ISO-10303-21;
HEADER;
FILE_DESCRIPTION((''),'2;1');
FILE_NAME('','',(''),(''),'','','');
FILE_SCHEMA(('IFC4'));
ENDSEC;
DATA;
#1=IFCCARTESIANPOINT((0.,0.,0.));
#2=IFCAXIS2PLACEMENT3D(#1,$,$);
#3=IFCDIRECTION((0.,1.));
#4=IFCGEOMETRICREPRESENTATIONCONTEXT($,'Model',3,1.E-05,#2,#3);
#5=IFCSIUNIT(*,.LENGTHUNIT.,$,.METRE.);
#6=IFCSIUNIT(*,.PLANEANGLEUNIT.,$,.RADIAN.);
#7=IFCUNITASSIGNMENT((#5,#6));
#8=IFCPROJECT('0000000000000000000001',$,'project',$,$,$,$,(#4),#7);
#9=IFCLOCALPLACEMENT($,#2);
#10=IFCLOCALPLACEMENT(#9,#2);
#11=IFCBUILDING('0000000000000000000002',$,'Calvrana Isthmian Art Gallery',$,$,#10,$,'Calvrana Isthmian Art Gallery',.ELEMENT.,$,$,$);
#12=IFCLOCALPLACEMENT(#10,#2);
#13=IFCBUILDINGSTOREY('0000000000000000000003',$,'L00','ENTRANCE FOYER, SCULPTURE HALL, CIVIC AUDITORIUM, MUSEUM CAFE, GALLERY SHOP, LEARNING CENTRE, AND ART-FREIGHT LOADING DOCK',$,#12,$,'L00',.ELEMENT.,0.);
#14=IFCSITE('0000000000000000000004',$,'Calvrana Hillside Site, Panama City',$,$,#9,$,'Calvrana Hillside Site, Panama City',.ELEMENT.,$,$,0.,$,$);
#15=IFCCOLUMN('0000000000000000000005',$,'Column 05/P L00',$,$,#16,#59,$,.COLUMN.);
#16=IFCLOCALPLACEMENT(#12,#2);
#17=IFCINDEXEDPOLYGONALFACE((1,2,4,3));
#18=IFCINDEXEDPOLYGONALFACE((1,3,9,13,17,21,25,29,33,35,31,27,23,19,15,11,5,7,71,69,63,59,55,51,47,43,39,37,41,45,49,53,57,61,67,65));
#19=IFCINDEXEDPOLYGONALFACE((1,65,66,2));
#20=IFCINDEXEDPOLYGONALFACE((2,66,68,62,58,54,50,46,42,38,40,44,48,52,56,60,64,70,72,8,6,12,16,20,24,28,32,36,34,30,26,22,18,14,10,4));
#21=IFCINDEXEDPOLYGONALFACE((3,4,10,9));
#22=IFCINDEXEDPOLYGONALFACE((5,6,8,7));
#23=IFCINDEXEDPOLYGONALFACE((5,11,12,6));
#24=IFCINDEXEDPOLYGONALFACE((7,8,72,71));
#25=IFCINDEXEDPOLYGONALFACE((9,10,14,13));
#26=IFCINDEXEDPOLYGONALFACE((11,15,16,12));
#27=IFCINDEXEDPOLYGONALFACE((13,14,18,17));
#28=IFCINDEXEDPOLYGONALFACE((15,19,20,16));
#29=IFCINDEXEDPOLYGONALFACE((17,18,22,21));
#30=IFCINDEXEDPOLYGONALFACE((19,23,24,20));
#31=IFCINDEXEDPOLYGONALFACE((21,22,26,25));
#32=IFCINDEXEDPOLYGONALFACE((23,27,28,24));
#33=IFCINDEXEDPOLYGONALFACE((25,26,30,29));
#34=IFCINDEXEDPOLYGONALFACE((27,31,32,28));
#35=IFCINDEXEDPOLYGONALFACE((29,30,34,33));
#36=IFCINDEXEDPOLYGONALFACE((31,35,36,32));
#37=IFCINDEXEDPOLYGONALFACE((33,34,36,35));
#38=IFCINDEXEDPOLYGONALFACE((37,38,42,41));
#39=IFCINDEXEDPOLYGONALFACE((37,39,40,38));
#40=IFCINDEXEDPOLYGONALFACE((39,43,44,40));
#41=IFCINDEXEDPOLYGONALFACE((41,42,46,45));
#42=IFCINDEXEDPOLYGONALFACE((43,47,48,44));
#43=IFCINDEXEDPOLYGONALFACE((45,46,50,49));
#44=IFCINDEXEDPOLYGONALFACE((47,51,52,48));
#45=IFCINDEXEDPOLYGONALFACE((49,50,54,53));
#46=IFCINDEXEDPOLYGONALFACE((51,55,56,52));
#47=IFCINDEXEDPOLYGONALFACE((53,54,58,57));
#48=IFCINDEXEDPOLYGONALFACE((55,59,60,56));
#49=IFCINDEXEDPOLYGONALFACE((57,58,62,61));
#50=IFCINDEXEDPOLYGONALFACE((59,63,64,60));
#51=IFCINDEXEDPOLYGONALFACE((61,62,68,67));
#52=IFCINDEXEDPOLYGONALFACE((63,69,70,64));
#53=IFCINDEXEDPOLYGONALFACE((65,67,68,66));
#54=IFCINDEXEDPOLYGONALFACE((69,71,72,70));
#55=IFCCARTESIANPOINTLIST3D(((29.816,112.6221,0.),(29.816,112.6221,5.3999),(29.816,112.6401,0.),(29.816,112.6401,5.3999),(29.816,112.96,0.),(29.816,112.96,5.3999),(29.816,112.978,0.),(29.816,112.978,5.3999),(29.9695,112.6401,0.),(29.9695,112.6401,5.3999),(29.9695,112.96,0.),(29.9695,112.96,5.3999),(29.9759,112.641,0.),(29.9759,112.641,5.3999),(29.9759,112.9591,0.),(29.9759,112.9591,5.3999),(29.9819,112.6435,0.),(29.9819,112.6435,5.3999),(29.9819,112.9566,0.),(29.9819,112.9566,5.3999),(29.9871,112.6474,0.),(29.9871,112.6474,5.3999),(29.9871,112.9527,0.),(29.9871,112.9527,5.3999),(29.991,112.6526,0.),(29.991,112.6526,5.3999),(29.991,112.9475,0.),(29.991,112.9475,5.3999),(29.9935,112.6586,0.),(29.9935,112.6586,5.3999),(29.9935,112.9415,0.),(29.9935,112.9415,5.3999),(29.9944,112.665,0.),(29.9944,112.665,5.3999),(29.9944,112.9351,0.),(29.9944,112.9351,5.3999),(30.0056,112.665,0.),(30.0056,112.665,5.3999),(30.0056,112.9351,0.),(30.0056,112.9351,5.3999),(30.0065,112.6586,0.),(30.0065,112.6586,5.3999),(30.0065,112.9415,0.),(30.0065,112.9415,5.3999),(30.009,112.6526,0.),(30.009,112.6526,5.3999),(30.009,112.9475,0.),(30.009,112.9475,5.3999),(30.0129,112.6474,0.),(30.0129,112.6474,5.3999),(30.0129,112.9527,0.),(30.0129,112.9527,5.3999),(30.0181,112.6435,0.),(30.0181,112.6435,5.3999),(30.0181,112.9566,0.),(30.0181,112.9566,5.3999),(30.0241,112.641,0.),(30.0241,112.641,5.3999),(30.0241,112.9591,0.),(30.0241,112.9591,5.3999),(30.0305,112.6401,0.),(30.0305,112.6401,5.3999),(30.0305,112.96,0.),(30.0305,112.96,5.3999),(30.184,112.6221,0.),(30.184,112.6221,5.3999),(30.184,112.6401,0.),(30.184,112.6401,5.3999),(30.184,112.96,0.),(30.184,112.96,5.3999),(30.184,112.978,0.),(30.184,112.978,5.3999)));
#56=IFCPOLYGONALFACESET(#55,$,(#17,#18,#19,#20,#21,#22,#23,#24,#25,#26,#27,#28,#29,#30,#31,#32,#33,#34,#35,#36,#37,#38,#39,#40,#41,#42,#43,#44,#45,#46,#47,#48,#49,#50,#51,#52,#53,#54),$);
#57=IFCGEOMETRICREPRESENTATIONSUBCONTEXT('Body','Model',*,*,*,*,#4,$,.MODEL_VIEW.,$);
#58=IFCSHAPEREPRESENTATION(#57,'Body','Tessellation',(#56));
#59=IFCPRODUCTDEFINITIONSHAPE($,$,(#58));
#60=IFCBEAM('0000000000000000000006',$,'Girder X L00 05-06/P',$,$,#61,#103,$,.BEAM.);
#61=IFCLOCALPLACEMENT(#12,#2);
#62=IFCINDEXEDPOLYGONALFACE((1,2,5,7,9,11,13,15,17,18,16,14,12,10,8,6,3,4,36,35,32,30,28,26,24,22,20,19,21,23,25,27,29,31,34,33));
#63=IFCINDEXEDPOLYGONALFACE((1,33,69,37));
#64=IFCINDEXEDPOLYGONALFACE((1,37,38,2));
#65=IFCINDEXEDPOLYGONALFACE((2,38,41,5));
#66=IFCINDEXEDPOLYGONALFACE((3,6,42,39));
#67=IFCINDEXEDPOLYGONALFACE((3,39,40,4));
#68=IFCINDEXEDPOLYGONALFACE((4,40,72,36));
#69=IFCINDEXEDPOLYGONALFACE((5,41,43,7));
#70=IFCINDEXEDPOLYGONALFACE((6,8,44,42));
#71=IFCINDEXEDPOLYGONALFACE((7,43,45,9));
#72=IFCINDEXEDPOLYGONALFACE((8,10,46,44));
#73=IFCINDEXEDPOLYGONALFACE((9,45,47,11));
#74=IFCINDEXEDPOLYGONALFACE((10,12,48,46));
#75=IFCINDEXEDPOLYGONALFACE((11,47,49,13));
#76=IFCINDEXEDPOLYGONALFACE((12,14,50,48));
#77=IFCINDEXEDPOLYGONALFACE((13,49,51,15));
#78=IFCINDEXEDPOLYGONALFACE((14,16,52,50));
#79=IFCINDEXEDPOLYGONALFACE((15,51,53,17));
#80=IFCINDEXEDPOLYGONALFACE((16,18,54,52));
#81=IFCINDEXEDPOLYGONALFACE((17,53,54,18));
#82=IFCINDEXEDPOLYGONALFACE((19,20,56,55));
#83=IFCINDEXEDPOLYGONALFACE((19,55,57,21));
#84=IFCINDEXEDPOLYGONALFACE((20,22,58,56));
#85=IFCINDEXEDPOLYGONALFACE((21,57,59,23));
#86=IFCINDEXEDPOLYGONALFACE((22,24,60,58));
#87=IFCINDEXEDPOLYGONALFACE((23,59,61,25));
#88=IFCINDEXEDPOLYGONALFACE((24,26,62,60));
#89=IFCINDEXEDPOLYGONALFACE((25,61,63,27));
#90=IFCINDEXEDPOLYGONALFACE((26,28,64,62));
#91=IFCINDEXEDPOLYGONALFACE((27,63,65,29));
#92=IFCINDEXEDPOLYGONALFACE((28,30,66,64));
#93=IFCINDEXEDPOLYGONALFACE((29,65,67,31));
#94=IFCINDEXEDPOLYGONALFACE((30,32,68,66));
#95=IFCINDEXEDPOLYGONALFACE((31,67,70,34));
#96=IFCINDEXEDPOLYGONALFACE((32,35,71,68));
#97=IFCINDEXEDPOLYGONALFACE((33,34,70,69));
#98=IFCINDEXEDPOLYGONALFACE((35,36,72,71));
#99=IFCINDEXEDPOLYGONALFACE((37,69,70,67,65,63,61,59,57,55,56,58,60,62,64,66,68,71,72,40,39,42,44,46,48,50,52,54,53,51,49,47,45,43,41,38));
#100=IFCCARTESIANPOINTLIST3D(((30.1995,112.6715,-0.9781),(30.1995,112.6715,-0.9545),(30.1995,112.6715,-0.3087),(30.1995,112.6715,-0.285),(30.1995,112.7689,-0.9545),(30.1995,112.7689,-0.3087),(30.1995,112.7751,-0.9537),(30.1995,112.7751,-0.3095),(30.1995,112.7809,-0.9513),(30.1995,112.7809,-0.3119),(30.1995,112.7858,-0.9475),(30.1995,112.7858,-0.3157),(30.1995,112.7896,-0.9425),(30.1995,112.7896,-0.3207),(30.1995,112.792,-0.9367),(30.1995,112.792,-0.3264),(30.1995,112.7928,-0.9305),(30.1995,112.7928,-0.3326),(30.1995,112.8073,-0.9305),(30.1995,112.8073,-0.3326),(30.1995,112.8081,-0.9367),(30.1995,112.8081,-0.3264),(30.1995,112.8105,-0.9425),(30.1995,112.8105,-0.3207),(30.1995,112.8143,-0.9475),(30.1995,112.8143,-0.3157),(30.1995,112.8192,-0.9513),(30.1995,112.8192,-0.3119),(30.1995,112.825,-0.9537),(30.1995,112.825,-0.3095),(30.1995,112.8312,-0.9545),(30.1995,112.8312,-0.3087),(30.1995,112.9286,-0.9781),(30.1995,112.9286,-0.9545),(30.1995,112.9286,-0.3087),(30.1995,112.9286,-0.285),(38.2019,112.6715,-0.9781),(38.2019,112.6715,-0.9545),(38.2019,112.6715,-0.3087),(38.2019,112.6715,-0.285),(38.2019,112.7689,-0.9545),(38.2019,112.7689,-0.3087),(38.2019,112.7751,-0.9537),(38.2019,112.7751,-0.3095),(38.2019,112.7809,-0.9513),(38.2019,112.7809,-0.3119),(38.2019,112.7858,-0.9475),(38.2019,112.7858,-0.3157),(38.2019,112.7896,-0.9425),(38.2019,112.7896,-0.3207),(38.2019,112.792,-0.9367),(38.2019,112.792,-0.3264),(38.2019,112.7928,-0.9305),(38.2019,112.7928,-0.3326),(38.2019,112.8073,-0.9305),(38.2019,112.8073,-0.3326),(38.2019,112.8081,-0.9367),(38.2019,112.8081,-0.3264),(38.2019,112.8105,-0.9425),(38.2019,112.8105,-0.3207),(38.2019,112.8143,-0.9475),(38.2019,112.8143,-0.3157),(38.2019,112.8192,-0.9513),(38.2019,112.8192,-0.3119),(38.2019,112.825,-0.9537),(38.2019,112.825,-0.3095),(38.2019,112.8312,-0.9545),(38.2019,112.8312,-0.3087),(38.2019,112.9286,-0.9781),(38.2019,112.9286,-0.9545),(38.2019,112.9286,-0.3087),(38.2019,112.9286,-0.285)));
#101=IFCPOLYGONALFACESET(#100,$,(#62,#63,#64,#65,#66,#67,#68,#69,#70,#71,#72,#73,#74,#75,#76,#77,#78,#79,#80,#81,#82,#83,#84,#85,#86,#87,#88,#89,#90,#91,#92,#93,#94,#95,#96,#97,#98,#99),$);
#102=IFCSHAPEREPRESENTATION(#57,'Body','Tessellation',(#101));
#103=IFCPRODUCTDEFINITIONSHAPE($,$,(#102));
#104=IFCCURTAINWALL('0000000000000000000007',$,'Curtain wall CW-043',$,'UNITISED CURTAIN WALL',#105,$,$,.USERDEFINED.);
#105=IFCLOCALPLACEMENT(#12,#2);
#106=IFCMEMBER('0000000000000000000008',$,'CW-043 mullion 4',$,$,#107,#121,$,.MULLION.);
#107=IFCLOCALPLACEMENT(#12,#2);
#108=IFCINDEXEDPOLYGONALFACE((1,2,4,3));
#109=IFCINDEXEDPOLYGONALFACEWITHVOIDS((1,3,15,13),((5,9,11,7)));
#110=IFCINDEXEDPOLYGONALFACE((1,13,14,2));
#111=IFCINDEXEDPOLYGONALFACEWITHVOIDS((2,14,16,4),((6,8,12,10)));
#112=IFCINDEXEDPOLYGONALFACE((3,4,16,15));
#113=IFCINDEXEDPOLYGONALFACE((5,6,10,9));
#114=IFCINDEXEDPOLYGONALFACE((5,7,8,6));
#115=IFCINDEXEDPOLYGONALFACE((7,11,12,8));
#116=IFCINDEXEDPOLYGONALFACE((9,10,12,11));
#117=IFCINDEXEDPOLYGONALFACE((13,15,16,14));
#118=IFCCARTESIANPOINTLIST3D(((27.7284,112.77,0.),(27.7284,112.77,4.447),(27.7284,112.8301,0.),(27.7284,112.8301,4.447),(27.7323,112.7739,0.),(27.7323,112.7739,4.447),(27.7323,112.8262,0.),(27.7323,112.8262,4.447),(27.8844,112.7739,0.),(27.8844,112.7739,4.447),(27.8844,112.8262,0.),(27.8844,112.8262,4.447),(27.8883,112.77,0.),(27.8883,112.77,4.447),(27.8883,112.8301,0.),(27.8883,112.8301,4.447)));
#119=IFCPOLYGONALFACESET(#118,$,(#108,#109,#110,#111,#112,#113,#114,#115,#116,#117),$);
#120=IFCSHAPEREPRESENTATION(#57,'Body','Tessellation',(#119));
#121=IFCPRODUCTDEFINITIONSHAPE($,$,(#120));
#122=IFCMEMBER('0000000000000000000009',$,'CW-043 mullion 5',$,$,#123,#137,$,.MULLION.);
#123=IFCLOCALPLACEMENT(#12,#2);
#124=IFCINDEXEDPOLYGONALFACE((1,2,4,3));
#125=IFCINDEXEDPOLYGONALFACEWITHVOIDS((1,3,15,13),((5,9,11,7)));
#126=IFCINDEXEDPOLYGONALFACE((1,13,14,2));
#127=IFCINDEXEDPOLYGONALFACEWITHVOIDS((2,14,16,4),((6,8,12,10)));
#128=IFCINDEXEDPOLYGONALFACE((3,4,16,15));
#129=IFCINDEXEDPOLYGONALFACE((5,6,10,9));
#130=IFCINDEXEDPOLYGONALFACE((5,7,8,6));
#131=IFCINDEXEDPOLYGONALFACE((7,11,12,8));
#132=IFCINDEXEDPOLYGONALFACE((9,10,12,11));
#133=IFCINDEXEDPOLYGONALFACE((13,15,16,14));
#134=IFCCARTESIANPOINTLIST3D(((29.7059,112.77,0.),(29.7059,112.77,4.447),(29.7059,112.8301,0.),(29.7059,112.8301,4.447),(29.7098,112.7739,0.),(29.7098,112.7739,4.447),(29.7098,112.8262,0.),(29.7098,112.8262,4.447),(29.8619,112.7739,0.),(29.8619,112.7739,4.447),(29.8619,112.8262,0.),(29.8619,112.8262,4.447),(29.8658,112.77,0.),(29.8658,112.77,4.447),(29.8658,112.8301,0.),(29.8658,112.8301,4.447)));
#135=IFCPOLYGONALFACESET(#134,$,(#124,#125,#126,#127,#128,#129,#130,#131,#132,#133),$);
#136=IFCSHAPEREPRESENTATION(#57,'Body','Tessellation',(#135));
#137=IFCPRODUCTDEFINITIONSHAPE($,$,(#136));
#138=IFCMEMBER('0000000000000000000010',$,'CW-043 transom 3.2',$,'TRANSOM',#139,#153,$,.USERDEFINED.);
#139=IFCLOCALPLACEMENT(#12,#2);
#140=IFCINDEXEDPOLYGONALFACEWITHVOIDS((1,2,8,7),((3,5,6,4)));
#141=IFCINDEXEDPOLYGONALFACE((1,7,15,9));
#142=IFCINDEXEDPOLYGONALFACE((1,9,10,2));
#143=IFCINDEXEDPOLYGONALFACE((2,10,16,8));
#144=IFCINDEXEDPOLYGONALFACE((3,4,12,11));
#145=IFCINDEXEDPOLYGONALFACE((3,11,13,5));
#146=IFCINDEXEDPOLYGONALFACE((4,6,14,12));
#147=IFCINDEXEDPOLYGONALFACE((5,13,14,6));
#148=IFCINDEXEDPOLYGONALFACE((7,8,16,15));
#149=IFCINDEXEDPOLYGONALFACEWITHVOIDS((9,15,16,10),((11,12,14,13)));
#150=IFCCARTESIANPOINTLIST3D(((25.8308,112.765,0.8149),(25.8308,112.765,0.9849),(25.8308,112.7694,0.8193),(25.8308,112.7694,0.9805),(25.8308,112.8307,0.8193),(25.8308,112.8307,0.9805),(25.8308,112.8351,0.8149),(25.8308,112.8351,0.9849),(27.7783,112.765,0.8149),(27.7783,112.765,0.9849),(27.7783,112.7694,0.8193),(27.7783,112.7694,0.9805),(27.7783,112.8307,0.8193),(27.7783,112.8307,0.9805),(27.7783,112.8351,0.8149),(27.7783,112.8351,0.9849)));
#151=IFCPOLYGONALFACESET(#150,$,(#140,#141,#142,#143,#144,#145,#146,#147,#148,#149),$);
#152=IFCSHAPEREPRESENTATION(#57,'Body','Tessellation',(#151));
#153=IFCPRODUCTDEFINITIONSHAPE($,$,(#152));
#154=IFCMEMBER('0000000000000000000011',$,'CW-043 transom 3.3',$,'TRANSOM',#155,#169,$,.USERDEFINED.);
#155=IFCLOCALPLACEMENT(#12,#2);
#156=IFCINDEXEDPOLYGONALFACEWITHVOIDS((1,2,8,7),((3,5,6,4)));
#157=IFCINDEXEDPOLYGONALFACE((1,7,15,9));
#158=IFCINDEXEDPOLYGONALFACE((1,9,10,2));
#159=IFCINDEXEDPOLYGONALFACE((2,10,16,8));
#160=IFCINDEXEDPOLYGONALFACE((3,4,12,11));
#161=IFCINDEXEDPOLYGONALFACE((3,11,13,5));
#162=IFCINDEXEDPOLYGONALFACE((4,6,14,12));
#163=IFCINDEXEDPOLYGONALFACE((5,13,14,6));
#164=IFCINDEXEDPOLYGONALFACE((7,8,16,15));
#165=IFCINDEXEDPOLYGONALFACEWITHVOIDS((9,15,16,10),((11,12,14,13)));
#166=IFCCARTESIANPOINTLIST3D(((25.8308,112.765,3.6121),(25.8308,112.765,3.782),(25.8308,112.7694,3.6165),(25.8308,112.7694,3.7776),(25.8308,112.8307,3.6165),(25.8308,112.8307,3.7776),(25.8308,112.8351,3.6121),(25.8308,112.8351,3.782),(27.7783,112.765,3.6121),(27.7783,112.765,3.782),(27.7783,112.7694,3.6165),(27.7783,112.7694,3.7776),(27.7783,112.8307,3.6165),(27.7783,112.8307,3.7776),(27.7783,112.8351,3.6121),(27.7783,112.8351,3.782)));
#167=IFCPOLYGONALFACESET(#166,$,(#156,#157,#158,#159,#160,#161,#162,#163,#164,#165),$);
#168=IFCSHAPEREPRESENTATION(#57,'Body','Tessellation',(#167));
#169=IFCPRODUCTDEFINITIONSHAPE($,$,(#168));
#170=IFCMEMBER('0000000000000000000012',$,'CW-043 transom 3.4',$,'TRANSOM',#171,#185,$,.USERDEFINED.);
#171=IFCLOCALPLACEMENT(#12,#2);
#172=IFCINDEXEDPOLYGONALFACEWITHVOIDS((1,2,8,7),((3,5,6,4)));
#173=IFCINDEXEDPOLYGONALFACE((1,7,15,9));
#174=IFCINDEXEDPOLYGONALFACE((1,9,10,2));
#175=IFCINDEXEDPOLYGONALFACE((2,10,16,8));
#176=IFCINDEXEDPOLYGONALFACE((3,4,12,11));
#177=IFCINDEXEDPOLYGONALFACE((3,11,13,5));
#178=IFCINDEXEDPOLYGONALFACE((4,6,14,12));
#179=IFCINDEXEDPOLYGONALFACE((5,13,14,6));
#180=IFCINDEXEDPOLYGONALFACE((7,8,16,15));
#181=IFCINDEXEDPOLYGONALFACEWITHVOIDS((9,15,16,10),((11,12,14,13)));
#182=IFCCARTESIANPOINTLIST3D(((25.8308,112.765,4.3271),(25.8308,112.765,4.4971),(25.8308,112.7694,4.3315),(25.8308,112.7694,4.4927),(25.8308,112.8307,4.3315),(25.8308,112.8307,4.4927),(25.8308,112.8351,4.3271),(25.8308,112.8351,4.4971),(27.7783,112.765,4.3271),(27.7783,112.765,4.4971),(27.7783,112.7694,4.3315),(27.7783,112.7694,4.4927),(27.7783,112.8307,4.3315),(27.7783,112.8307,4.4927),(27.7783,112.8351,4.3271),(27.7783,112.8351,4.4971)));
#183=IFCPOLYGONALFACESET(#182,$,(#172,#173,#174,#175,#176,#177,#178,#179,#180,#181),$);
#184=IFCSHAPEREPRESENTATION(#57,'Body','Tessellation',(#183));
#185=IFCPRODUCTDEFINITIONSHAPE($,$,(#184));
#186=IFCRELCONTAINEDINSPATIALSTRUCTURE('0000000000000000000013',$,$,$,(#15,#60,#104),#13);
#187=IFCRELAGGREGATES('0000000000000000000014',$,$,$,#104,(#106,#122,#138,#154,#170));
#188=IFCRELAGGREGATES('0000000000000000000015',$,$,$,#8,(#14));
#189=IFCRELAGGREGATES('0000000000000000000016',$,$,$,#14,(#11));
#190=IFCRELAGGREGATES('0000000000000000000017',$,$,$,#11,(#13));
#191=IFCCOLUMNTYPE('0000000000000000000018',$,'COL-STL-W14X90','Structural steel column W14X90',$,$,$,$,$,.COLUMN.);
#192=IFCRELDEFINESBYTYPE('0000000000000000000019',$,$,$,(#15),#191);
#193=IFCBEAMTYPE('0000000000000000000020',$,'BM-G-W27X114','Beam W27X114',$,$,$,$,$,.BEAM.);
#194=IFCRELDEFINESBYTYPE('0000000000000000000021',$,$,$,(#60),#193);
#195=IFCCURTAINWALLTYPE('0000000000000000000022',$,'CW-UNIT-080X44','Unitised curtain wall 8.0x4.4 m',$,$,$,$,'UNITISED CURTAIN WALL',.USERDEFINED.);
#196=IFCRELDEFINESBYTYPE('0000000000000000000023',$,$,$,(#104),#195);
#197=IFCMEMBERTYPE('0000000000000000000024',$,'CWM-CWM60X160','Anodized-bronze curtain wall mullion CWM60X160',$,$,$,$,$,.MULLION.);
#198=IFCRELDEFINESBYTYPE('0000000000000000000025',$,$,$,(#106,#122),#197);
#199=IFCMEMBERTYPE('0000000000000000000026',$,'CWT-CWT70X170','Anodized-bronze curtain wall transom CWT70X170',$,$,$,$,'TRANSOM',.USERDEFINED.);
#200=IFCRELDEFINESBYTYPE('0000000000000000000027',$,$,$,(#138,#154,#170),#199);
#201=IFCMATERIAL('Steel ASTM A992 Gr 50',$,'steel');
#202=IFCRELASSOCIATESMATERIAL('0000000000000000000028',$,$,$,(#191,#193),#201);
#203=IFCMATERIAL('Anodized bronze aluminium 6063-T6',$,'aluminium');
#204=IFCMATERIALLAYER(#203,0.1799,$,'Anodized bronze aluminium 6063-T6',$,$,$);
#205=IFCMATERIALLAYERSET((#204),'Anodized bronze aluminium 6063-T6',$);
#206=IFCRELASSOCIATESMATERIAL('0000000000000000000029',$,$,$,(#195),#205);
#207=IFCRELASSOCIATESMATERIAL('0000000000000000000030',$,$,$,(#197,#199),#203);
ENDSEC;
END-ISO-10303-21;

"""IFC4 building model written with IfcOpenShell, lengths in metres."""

from ifc_helpers import new_model, si_unit, direction, frame, origin, origin_2d, place, context, subcontext, project, spatial, hollow_rectangle, i_section, extrude, material, layer, layer_set, material_profile, profile_set, type_object, element, aggregate, save


model = new_model("IFC4")

# Units and contexts
model_context = context("Model", 3, precision=1e-05, world=origin(), true_north=direction((0.0, 1.0)))
body_context = subcontext(model_context, "Body", "Model", "MODEL_VIEW")
ifc_project = project(units=[si_unit("LENGTHUNIT", "METRE"), si_unit("PLANEANGLEUNIT", "RADIAN")], contexts=[model_context])

# Site, building, storey
site_placement = place(None, origin())
site = spatial("IfcSite", under=ifc_project, at=site_placement, Name="Calvrana Hillside Site, Panama City", LongName="Calvrana Hillside Site, Panama City", CompositionType="ELEMENT", RefElevation=0.0)
building_placement = place(site_placement, origin())
building = spatial("IfcBuilding", under=site, at=building_placement, Name="Calvrana Isthmian Art Gallery", LongName="Calvrana Isthmian Art Gallery", CompositionType="ELEMENT")
storey_placement = place(building_placement, origin())
storey = spatial("IfcBuildingStorey", under=building, at=storey_placement, Name="L00", Description="ENTRANCE FOYER, SCULPTURE HALL, CIVIC AUDITORIUM, MUSEUM CAFE, GALLERY SHOP, LEARNING CENTRE, AND ART-FREIGHT LOADING DOCK", LongName="L00", CompositionType="ELEMENT", Elevation=0.0)

# Column
ifc_material_1 = material(Name="Steel ASTM A992 Gr 50", Category="steel")
ifc_material_profile_1 = material_profile(ifc_material_1, i_section(OverallWidth=0.3679, OverallDepth=0.356, WebThickness=0.0112, FlangeThickness=0.0181, FilletRadius=0.0249, at=origin_2d()), Name="W14X90")
ifc_profile_set_1 = profile_set([ifc_material_profile_1], Name="Steel ASTM A992 Gr 50")
column_type = type_object("IfcColumnType", Name="COL-STL-W14X90", Description="Structural steel column W14X90", PredefinedType="COLUMN", material=ifc_profile_set_1)
column_placement = place(storey_placement, frame((30.0, 112.8, 0.0), z_axis=(0.0, 0.0, 1.0), x_axis=(1.0, 0.0, 0.0)))
element("IfcColumn", 1, at=column_placement, inside=storey, type_object=column_type, Name="Column 05/P L00", PredefinedType="COLUMN", context=body_context, shape_type="SweptSolid", body=[
    extrude(i_section(OverallWidth=0.3679, OverallDepth=0.356, WebThickness=0.0112, FlangeThickness=0.0181, FilletRadius=0.0249, at=origin_2d()), origin(), (0.0, 0.0, 1.0), 5.3999),
])

# Beam
ifc_material_profile_2 = material_profile(ifc_material_1, i_section(OverallWidth=0.2571, OverallDepth=0.6931, WebThickness=0.0144, FlangeThickness=0.0237, FilletRadius=0.0239, at=origin_2d()), Name="W27X114")
ifc_profile_set_2 = profile_set([ifc_material_profile_2], Name="Steel ASTM A992 Gr 50")
beam_type = type_object("IfcBeamType", Name="BM-G-W27X114", Description="Beam W27X114", PredefinedType="BEAM", material=ifc_profile_set_2)
beam_placement = place(storey_placement, frame((30.1995, 112.8, -0.6316), z_axis=(1.0, 0.0, 0.0), x_axis=(0.0, 1.0, 0.0)))
element("IfcBeam", 2, at=beam_placement, inside=storey, type_object=beam_type, Name="Girder X L00 05-06/P", PredefinedType="BEAM", context=body_context, shape_type="SweptSolid", body=[
    extrude(i_section(OverallWidth=0.2571, OverallDepth=0.6931, WebThickness=0.0144, FlangeThickness=0.0237, FilletRadius=0.0239, at=origin_2d()), origin(), (0.0, 0.0, 1.0), 8.0024),
])

# Curtain wall, members
ifc_material_2 = material(Name="Anodized bronze aluminium 6063-T6", Category="aluminium")
ifc_layer_1 = layer(ifc_material_2, 0.1799, Name="Anodized bronze aluminium 6063-T6")
ifc_layer_set_1 = layer_set([ifc_layer_1], Name="Anodized bronze aluminium 6063-T6")
curtain_wall_type = type_object("IfcCurtainWallType", Name="CW-UNIT-080X44", Description="Unitised curtain wall 8.0x4.4 m", ElementType="UNITISED CURTAIN WALL", PredefinedType="USERDEFINED", material=ifc_layer_set_1)
curtain_wall_placement = place(storey_placement, origin())
curtain_wall = element("IfcCurtainWall", 3, at=curtain_wall_placement, inside=storey, type_object=curtain_wall_type, Name="Curtain wall CW-043", ObjectType="UNITISED CURTAIN WALL", PredefinedType="USERDEFINED")
ifc_material_profile_3 = material_profile(ifc_material_2, hollow_rectangle(XDim=0.0601, YDim=0.1599, WallThickness=0.0039, at=origin_2d()), Name="CWM60X160")
ifc_profile_set_3 = profile_set([ifc_material_profile_3], Name="Anodized bronze aluminium 6063-T6")
member_type_1 = type_object("IfcMemberType", Name="CWM-CWM60X160", Description="Anodized-bronze curtain wall mullion CWM60X160", PredefinedType="MULLION", material=ifc_profile_set_3)
member_1_placement = place(storey_placement, frame((27.8083, 112.8, 0.0), z_axis=(0.0, 0.0, 1.0), x_axis=(0.0, 1.0, 0.0)))
member_1 = element("IfcMember", 4, at=member_1_placement, type_object=member_type_1, Name="CW-043 mullion 4", PredefinedType="MULLION", context=body_context, shape_type="SweptSolid", body=[
    extrude(hollow_rectangle(XDim=0.0601, YDim=0.1599, WallThickness=0.0039, at=origin_2d()), origin(), (0.0, 0.0, 1.0), 4.447),
])
member_2_placement = place(storey_placement, frame((29.7859, 112.8, 0.0), z_axis=(0.0, 0.0, 1.0), x_axis=(0.0, 1.0, 0.0)))
member_2 = element("IfcMember", 5, at=member_2_placement, type_object=member_type_1, Name="CW-043 mullion 5", PredefinedType="MULLION", context=body_context, shape_type="SweptSolid", body=[
    extrude(hollow_rectangle(XDim=0.0601, YDim=0.1599, WallThickness=0.0039, at=origin_2d()), origin(), (0.0, 0.0, 1.0), 4.447),
])
ifc_material_profile_4 = material_profile(ifc_material_2, hollow_rectangle(XDim=0.0701, YDim=0.1699, WallThickness=0.0044, at=origin_2d()), Name="CWT70X170")
ifc_profile_set_4 = profile_set([ifc_material_profile_4], Name="Anodized bronze aluminium 6063-T6")
member_type_2 = type_object("IfcMemberType", Name="CWT-CWT70X170", Description="Anodized-bronze curtain wall transom CWT70X170", ElementType="TRANSOM", PredefinedType="USERDEFINED", material=ifc_profile_set_4)
member_3_placement = place(storey_placement, frame((25.8308, 112.8, 0.8999), z_axis=(1.0, 0.0, 0.0), x_axis=(0.0, 1.0, 0.0)))
member_3 = element("IfcMember", 6, at=member_3_placement, type_object=member_type_2, Name="CW-043 transom 3.2", ObjectType="TRANSOM", PredefinedType="USERDEFINED", context=body_context, shape_type="SweptSolid", body=[
    extrude(hollow_rectangle(XDim=0.0701, YDim=0.1699, WallThickness=0.0044, at=origin_2d()), origin(), (0.0, 0.0, 1.0), 1.9475),
])
member_4_placement = place(storey_placement, frame((25.8308, 112.8, 3.697), z_axis=(1.0, 0.0, 0.0), x_axis=(0.0, 1.0, 0.0)))
member_4 = element("IfcMember", 7, at=member_4_placement, type_object=member_type_2, Name="CW-043 transom 3.3", ObjectType="TRANSOM", PredefinedType="USERDEFINED", context=body_context, shape_type="SweptSolid", body=[
    extrude(hollow_rectangle(XDim=0.0701, YDim=0.1699, WallThickness=0.0044, at=origin_2d()), origin(), (0.0, 0.0, 1.0), 1.9475),
])
member_5_placement = place(storey_placement, frame((25.8308, 112.8, 4.4121), z_axis=(1.0, 0.0, 0.0), x_axis=(0.0, 1.0, 0.0)))
member_5 = element("IfcMember", 8, at=member_5_placement, type_object=member_type_2, Name="CW-043 transom 3.4", ObjectType="TRANSOM", PredefinedType="USERDEFINED", context=body_context, shape_type="SweptSolid", body=[
    extrude(hollow_rectangle(XDim=0.0701, YDim=0.1699, WallThickness=0.0044, at=origin_2d()), origin(), (0.0, 0.0, 1.0), 1.9475),
])
aggregate(curtain_wall, [member_1, member_2, member_3, member_4, member_5])

save(model, "model.ifc")
